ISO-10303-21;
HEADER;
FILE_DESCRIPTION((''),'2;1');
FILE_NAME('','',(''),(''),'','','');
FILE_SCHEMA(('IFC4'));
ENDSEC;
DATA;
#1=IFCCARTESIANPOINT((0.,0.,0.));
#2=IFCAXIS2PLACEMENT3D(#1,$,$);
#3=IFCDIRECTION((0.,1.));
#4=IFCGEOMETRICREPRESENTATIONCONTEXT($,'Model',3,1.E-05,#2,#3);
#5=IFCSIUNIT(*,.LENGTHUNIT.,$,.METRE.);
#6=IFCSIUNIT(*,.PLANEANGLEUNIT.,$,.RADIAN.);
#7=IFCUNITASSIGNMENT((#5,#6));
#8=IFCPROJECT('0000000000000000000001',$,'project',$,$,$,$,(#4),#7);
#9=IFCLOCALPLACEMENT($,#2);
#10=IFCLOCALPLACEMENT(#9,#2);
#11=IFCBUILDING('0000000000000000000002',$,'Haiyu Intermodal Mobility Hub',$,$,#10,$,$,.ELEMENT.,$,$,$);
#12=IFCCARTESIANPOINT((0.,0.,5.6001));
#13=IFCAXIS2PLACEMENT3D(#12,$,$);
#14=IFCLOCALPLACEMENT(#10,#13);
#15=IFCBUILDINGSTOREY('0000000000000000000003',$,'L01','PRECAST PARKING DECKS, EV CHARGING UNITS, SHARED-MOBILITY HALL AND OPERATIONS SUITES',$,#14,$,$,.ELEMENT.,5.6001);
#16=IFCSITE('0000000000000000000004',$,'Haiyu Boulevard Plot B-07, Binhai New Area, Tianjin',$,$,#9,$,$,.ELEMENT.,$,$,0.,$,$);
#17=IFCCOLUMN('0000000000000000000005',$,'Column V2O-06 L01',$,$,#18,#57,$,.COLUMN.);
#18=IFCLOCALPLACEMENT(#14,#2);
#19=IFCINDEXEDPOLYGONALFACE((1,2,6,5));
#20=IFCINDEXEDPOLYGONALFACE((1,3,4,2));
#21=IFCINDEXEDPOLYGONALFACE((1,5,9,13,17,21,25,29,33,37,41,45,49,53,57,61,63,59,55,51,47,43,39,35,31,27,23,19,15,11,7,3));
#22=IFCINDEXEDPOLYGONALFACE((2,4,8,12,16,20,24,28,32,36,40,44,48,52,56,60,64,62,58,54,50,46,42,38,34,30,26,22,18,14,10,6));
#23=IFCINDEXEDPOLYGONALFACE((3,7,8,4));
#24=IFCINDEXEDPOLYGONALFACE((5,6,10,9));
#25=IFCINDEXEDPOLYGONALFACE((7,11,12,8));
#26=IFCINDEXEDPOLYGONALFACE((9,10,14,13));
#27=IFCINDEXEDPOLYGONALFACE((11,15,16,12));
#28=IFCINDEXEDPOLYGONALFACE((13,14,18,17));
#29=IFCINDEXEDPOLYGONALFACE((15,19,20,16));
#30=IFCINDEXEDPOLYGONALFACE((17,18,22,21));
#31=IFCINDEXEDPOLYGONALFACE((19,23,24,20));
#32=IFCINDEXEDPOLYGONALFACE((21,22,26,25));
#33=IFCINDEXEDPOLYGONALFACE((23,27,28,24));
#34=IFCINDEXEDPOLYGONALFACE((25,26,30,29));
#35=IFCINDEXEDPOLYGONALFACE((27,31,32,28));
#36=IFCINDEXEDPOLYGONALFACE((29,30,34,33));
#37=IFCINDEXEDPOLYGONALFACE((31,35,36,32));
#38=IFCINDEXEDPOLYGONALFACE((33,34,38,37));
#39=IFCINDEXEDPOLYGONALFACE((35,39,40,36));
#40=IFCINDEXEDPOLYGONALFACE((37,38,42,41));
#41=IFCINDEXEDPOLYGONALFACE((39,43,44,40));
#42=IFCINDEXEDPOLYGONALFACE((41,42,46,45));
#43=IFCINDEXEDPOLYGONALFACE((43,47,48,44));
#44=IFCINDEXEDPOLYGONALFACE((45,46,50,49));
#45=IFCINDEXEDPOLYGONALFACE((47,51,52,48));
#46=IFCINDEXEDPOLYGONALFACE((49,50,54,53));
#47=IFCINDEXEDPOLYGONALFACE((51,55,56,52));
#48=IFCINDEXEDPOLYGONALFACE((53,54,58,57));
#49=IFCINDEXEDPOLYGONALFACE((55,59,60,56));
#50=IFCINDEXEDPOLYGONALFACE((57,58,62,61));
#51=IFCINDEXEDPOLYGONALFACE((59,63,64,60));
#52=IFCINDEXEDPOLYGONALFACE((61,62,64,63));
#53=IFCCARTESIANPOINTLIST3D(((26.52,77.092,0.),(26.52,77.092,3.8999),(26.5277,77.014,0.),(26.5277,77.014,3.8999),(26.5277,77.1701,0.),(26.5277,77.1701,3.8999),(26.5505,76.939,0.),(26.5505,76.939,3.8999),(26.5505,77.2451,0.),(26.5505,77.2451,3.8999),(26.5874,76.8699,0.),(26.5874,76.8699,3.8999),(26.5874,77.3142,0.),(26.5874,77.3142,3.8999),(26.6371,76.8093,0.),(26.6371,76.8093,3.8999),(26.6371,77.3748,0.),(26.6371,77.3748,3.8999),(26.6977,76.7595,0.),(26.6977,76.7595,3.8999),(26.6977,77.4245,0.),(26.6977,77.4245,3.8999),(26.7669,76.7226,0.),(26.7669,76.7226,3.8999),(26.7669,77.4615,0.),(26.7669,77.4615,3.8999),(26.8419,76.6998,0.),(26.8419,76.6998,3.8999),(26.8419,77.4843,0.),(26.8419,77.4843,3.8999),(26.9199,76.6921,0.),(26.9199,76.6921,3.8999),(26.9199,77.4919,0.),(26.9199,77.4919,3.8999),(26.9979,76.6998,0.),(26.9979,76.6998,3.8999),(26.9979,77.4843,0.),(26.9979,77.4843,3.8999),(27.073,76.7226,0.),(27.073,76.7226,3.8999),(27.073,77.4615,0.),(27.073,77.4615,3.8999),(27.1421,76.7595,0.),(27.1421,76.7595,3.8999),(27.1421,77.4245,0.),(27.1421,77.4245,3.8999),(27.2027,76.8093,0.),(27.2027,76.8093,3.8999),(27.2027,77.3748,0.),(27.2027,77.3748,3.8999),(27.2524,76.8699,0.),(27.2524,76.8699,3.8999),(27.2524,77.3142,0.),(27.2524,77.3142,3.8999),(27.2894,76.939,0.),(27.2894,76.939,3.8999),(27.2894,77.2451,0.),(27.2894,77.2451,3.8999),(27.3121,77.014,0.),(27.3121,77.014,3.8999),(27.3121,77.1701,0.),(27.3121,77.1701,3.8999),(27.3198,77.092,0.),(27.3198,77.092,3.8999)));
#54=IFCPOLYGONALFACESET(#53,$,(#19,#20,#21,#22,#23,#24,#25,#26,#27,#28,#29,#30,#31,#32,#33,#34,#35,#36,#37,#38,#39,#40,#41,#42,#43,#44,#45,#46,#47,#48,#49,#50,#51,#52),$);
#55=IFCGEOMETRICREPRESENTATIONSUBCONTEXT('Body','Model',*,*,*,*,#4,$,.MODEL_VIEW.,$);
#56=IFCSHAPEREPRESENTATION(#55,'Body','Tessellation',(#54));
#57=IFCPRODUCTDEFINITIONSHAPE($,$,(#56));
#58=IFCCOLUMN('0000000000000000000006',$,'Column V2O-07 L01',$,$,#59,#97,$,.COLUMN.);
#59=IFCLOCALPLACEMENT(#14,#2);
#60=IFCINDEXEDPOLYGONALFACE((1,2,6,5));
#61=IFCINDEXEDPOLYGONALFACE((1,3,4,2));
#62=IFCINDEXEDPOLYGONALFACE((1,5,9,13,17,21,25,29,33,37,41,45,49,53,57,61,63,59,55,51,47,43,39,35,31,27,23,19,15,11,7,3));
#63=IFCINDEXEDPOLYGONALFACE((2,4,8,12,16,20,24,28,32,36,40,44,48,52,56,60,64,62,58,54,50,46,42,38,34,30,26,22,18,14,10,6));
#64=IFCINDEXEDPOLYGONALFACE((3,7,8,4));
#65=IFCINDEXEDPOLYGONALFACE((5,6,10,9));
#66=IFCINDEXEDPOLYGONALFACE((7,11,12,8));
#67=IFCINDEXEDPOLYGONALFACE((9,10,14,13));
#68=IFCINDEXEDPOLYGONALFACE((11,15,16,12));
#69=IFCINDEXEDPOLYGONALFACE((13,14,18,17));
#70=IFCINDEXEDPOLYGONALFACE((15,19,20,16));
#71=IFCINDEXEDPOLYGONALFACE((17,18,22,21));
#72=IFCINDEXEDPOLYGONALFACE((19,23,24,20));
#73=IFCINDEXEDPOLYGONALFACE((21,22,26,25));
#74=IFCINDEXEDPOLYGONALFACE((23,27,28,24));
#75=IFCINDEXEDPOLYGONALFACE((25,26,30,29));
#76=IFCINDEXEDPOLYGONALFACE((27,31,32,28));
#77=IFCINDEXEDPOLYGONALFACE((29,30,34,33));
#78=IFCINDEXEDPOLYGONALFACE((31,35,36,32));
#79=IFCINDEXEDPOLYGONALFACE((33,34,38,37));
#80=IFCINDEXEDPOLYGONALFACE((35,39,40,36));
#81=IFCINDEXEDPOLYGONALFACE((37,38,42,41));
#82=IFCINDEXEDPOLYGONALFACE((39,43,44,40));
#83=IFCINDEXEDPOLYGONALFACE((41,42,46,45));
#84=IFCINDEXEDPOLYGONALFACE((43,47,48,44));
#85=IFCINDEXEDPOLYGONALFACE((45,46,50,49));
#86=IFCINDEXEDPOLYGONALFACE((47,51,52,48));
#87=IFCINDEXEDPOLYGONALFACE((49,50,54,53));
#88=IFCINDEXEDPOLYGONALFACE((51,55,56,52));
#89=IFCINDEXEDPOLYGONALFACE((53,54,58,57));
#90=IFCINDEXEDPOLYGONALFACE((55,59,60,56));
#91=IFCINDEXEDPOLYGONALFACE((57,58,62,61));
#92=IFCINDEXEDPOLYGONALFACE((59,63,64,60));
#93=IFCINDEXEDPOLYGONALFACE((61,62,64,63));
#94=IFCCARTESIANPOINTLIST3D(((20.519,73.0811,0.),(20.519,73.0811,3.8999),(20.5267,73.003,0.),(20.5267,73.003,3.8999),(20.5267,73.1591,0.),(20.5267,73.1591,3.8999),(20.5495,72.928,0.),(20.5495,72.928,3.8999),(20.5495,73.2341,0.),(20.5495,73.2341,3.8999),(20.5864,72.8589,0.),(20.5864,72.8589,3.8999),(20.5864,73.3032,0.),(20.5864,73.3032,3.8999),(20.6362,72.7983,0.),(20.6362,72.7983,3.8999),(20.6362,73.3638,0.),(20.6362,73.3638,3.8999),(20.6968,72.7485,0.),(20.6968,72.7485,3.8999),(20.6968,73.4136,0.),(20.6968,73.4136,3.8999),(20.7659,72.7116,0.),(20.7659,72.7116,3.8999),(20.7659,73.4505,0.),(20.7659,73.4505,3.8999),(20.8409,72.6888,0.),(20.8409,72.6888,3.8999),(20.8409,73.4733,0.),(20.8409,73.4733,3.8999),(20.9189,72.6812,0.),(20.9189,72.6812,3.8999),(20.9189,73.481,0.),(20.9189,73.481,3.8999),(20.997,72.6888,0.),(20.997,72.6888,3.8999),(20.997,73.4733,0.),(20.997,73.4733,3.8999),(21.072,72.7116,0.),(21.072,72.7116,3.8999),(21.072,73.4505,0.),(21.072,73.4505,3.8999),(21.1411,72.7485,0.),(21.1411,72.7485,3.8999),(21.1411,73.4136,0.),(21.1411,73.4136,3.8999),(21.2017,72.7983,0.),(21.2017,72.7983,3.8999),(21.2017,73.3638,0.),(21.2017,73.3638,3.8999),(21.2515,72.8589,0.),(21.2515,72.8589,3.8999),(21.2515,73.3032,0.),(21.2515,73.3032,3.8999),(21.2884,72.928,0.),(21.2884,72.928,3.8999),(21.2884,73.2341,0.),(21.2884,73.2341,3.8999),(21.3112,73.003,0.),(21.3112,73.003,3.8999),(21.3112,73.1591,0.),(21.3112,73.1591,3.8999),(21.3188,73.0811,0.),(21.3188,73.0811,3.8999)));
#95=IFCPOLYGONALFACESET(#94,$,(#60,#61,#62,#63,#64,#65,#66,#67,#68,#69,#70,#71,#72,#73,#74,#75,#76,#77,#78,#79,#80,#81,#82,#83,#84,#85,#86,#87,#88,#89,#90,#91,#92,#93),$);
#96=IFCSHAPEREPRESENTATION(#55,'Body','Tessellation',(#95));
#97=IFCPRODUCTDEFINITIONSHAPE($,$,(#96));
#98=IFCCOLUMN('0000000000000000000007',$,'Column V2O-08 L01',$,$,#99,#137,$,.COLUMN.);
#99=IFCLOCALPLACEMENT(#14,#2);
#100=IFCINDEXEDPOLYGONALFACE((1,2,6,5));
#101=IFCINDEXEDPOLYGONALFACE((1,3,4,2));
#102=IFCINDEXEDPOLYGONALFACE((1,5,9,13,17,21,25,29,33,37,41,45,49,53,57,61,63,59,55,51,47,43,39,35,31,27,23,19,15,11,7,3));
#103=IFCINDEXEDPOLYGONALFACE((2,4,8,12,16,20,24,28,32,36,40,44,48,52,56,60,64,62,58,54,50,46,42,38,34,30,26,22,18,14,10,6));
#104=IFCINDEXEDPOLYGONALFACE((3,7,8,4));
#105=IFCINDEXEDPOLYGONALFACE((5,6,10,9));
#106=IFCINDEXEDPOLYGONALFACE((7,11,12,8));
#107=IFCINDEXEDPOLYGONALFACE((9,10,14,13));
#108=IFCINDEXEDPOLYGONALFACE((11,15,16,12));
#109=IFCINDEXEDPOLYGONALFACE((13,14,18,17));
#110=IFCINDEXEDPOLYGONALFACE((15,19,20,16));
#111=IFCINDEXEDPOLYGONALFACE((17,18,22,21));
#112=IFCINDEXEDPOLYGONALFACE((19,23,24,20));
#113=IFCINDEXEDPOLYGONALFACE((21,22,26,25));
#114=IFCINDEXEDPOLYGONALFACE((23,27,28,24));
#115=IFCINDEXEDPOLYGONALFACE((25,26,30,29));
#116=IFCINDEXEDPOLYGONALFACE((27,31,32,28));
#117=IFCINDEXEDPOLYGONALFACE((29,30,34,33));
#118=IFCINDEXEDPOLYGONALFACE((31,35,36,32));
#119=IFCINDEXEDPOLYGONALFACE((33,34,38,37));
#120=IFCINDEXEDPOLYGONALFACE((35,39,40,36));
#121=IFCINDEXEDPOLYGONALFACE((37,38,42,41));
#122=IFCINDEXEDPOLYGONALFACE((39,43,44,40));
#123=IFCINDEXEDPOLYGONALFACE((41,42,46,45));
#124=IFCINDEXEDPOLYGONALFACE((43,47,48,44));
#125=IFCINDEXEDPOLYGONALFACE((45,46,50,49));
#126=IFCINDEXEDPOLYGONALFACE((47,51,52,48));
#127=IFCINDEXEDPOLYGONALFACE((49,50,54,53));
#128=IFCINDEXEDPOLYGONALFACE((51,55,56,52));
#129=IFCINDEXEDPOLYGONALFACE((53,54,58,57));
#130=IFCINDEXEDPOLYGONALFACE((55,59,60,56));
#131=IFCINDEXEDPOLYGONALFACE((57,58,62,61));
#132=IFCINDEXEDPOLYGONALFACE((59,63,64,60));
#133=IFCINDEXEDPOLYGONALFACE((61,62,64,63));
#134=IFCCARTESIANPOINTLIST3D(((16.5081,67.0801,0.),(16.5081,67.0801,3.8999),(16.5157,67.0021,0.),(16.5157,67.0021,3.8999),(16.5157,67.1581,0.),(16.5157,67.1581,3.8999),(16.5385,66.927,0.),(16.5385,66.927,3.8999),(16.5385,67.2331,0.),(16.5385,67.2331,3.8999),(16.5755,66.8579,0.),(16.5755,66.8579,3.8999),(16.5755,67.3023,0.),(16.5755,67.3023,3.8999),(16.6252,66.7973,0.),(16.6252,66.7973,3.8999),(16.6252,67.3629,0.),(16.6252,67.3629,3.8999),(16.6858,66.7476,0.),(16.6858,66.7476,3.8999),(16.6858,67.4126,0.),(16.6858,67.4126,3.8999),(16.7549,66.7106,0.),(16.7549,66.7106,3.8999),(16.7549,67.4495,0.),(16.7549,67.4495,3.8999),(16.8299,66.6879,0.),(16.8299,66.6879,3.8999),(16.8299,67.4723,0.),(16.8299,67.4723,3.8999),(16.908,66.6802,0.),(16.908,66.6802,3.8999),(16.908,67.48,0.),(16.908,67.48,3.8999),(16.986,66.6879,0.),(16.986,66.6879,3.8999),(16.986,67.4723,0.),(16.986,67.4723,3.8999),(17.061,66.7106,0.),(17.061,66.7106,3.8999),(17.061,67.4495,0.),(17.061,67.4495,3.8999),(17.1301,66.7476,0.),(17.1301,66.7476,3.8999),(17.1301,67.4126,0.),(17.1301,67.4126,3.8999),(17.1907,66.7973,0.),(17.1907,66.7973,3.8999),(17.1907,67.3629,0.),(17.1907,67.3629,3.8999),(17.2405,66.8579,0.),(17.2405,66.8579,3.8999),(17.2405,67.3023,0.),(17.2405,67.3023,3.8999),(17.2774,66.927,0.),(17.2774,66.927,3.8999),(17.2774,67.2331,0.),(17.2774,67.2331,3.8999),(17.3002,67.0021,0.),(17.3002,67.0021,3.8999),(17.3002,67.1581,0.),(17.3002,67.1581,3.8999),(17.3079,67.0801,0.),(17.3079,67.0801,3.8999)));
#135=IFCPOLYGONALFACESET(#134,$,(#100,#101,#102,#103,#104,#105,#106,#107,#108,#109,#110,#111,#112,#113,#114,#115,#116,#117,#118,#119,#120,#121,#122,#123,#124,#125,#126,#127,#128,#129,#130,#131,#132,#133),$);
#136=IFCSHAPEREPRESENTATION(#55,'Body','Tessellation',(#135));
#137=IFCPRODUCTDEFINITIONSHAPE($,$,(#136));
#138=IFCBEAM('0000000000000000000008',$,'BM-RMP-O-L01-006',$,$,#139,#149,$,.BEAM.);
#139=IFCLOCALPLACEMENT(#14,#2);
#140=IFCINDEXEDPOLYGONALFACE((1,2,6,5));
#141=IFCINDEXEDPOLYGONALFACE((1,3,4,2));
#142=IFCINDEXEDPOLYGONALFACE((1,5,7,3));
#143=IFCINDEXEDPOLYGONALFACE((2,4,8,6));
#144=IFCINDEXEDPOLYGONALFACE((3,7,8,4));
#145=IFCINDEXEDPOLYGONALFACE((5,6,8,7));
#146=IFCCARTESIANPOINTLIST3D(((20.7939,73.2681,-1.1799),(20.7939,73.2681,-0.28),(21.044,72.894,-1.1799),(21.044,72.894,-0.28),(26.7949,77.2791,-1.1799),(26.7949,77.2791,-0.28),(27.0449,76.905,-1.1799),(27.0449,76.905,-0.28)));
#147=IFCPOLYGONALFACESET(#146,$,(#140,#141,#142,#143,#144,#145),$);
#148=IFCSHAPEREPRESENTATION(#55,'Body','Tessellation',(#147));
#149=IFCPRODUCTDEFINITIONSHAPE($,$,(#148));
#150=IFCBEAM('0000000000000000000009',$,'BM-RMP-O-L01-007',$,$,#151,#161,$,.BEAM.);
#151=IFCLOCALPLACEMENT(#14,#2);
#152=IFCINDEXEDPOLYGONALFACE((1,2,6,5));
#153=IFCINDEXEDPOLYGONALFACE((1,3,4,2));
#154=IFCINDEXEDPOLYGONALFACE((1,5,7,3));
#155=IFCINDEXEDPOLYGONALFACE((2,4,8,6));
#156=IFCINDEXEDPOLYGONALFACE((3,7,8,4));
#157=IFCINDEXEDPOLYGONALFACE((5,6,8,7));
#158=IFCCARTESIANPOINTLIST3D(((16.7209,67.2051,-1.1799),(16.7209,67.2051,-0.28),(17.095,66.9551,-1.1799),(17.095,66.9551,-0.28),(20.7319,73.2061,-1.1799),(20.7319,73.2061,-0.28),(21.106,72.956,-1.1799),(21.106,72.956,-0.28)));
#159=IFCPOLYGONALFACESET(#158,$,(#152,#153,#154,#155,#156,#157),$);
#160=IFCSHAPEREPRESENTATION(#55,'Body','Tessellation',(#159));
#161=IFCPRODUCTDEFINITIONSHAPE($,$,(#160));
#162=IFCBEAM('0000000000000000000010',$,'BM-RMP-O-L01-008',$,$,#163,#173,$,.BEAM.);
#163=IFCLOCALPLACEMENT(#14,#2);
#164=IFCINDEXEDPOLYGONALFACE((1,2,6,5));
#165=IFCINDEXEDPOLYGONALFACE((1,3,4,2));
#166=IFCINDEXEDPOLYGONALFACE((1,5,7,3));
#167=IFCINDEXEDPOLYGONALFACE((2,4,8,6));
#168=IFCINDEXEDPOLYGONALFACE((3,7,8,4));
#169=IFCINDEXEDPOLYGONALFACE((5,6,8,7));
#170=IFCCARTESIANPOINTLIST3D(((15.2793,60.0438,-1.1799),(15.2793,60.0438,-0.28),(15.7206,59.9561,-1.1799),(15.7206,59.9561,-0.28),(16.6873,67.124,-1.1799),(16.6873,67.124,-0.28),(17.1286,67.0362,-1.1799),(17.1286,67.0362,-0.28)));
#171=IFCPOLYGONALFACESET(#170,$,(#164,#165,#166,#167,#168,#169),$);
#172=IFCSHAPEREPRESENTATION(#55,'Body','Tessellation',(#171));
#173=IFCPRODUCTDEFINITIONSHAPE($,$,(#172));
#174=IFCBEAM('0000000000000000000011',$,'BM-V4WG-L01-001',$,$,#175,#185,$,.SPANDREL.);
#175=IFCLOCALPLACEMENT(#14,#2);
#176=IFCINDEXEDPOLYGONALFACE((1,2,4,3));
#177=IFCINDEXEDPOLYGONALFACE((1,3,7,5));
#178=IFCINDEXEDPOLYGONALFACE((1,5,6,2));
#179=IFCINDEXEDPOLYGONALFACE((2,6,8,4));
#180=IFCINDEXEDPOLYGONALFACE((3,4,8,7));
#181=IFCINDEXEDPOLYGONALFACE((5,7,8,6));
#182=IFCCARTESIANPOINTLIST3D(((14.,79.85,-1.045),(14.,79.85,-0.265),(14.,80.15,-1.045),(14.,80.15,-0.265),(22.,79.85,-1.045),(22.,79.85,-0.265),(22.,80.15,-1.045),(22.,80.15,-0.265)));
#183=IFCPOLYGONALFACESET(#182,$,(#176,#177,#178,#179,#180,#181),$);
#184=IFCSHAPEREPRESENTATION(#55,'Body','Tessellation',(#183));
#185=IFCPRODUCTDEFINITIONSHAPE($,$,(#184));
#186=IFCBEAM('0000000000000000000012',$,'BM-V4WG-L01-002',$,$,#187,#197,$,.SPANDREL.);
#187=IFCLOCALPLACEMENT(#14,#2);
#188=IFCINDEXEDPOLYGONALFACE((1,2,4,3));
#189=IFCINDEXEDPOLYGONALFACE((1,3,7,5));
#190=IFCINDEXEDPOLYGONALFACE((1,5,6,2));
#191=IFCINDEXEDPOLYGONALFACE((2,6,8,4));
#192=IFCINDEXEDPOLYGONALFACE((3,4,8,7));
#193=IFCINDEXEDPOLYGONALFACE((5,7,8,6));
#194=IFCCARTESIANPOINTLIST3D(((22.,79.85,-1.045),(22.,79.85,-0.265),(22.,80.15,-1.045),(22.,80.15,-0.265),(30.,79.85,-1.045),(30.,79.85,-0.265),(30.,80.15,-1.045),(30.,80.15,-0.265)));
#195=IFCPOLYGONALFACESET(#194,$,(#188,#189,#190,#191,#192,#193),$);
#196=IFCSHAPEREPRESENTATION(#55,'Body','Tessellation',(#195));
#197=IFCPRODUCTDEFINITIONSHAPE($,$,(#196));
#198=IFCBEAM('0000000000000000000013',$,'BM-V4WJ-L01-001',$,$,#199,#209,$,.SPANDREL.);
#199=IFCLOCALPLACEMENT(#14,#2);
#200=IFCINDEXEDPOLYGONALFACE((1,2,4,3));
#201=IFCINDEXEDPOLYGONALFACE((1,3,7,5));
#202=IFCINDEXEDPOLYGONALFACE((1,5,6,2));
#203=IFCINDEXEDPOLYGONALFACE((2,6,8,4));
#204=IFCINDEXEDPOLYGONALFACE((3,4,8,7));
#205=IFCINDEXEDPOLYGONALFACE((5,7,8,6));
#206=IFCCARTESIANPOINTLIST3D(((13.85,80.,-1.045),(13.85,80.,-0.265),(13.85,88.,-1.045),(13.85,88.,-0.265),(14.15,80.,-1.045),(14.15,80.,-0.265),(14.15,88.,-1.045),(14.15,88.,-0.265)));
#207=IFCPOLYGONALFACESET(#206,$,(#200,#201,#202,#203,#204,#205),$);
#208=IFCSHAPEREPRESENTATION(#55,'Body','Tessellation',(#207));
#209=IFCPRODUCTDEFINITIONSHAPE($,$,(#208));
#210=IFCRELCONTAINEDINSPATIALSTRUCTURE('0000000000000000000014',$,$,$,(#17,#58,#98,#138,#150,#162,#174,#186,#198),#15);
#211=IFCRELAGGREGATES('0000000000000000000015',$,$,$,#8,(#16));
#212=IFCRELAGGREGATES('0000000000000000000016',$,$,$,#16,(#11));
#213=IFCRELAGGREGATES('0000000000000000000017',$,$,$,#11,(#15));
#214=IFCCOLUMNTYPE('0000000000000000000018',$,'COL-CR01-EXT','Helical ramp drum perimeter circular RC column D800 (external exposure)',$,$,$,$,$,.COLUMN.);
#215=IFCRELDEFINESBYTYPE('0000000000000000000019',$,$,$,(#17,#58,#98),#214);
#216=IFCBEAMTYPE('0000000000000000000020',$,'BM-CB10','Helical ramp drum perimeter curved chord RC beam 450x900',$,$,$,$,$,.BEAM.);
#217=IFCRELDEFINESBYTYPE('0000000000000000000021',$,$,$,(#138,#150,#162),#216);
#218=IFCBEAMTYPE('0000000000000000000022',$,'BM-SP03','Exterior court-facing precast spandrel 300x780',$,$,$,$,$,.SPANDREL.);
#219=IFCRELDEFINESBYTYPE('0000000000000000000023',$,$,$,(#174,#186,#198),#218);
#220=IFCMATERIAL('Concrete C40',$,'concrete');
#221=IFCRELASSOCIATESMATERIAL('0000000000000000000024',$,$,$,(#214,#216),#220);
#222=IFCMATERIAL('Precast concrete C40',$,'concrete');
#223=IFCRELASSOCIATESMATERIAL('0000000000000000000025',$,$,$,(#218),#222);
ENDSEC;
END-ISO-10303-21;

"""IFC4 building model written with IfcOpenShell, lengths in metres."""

from ifc_helpers import new_model, si_unit, direction, frame, origin, origin_2d, place, context, subcontext, project, spatial, rectangle, circle, extrude, material, material_profile, profile_set, type_object, element, save


model = new_model("IFC4")

# Units and contexts
model_context = context("Model", 3, precision=1e-05, world=origin(), true_north=direction((0.0, 1.0)))
body_context = subcontext(model_context, "Body", "Model", "MODEL_VIEW")
ifc_project = project(units=[si_unit("LENGTHUNIT", "METRE"), si_unit("PLANEANGLEUNIT", "RADIAN")], contexts=[model_context])

# Site, building, storey
site_placement = place(None, origin())
site = spatial("IfcSite", under=ifc_project, at=site_placement, Name="Haiyu Boulevard Plot B-07, Binhai New Area, Tianjin", CompositionType="ELEMENT", RefElevation=0.0)
building_placement = place(site_placement, origin())
building = spatial("IfcBuilding", under=site, at=building_placement, Name="Haiyu Intermodal Mobility Hub", CompositionType="ELEMENT")
storey_placement = place(building_placement, frame((0.0, 0.0, 5.6001)))
storey = spatial("IfcBuildingStorey", under=building, at=storey_placement, Name="L01", Description="PRECAST PARKING DECKS, EV CHARGING UNITS, SHARED-MOBILITY HALL AND OPERATIONS SUITES", CompositionType="ELEMENT", Elevation=5.6001)

# Columns
ifc_material_1 = material(Name="Concrete C40", Category="concrete")
ifc_material_profile_1 = material_profile(ifc_material_1, circle(Radius=0.3999, at=origin_2d()), Name="RCCOL-D800")
ifc_profile_set_1 = profile_set([ifc_material_profile_1], Name="Concrete C40")
column_type = type_object("IfcColumnType", Name="COL-CR01-EXT", Description="Helical ramp drum perimeter circular RC column D800 (external exposure)", PredefinedType="COLUMN", material=ifc_profile_set_1)
for number, where, z_axis, x_axis, name in (
    (1, (26.9199, 77.092, 0.0), (0.0, 0.0, 1.0), (1.0, 0.0, 0.0), "Column V2O-06 L01"),
    (2, (20.9189, 73.0811, 0.0), (0.0, 0.0, 1.0), (1.0, 0.0, 0.0), "Column V2O-07 L01"),
    (3, (16.908, 67.0801, 0.0), (0.0, 0.0, 1.0), (1.0, 0.0, 0.0), "Column V2O-08 L01"),
):
    element("IfcColumn", number, at=place(storey_placement, frame(where, z_axis=z_axis, x_axis=x_axis)), inside=storey, type_object=column_type, Name=name, PredefinedType="COLUMN", context=body_context, shape_type="SweptSolid", body=[
        extrude(circle(Radius=0.3999, at=origin_2d()), origin(), (0.0, 0.0, 1.0), 3.8999),
    ])

# Beams
ifc_material_profile_2 = material_profile(ifc_material_1, rectangle(XDim=0.45, YDim=0.8999, at=origin_2d()), Name="RCB450x900")
ifc_profile_set_2 = profile_set([ifc_material_profile_2], Name="Concrete C40")
beam_type_1 = type_object("IfcBeamType", Name="BM-CB10", Description="Helical ramp drum perimeter curved chord RC beam 450x900", PredefinedType="BEAM", material=ifc_profile_set_2)
for number, where, z_axis, x_axis, name in (
    (4, (26.9199, 77.092, -0.73), (-0.831389, -0.555691, 0.0), (0.555691, -0.831389, 0.0), "BM-RMP-O-L01-006"),
    (5, (20.9189, 73.0811, -0.73), (-0.555691, -0.831389, 0.0), (0.831389, -0.555691, 0.0), "BM-RMP-O-L01-007"),
):
    element("IfcBeam", number, at=place(storey_placement, frame(where, z_axis=z_axis, x_axis=x_axis)), inside=storey, type_object=beam_type_1, Name=name, PredefinedType="BEAM", context=body_context, shape_type="SweptSolid", body=[
        extrude(rectangle(XDim=0.45, YDim=0.8999, at=origin_2d()), origin(), (0.0, 0.0, 1.0), 7.218),
    ])
beam_placement = place(storey_placement, frame((16.908, 67.0801, -0.73), z_axis=(-0.195043, -0.980795, 0.0), x_axis=(0.980795, -0.195043, 0.0)))
element("IfcBeam", 6, at=beam_placement, inside=storey, type_object=beam_type_1, Name="BM-RMP-O-L01-008", PredefinedType="BEAM", context=body_context, shape_type="SweptSolid", body=[
    extrude(rectangle(XDim=0.45, YDim=0.8999, at=origin_2d()), origin(), (0.0, 0.0, 1.0), 7.2188),
])
ifc_material_2 = material(Name="Precast concrete C40", Category="concrete")
ifc_material_profile_3 = material_profile(ifc_material_2, rectangle(XDim=0.3, YDim=0.78, at=origin_2d()), Name="PC300x780")
ifc_profile_set_3 = profile_set([ifc_material_profile_3], Name="Precast concrete C40")
beam_type_2 = type_object("IfcBeamType", Name="BM-SP03", Description="Exterior court-facing precast spandrel 300x780", PredefinedType="SPANDREL", material=ifc_profile_set_3)
for number, where, z_axis, x_axis, name in (
    (7, (14.0, 80.0, -0.655), (1.0, 0.0, 0.0), (0.0, 1.0, 0.0), "BM-V4WG-L01-001"),
    (8, (22.0, 80.0, -0.655), (1.0, 0.0, 0.0), (0.0, 1.0, 0.0), "BM-V4WG-L01-002"),
    (9, (14.0, 80.0, -0.655), (0.0, 1.0, 0.0), (-1.0, 0.0, 0.0), "BM-V4WJ-L01-001"),
):
    element("IfcBeam", number, at=place(storey_placement, frame(where, z_axis=z_axis, x_axis=x_axis)), inside=storey, type_object=beam_type_2, Name=name, PredefinedType="SPANDREL", context=body_context, shape_type="SweptSolid", body=[
        extrude(rectangle(XDim=0.3, YDim=0.78, at=origin_2d()), origin(), (0.0, 0.0, 1.0), 8.0),
    ])

save(model, "model.ifc")
